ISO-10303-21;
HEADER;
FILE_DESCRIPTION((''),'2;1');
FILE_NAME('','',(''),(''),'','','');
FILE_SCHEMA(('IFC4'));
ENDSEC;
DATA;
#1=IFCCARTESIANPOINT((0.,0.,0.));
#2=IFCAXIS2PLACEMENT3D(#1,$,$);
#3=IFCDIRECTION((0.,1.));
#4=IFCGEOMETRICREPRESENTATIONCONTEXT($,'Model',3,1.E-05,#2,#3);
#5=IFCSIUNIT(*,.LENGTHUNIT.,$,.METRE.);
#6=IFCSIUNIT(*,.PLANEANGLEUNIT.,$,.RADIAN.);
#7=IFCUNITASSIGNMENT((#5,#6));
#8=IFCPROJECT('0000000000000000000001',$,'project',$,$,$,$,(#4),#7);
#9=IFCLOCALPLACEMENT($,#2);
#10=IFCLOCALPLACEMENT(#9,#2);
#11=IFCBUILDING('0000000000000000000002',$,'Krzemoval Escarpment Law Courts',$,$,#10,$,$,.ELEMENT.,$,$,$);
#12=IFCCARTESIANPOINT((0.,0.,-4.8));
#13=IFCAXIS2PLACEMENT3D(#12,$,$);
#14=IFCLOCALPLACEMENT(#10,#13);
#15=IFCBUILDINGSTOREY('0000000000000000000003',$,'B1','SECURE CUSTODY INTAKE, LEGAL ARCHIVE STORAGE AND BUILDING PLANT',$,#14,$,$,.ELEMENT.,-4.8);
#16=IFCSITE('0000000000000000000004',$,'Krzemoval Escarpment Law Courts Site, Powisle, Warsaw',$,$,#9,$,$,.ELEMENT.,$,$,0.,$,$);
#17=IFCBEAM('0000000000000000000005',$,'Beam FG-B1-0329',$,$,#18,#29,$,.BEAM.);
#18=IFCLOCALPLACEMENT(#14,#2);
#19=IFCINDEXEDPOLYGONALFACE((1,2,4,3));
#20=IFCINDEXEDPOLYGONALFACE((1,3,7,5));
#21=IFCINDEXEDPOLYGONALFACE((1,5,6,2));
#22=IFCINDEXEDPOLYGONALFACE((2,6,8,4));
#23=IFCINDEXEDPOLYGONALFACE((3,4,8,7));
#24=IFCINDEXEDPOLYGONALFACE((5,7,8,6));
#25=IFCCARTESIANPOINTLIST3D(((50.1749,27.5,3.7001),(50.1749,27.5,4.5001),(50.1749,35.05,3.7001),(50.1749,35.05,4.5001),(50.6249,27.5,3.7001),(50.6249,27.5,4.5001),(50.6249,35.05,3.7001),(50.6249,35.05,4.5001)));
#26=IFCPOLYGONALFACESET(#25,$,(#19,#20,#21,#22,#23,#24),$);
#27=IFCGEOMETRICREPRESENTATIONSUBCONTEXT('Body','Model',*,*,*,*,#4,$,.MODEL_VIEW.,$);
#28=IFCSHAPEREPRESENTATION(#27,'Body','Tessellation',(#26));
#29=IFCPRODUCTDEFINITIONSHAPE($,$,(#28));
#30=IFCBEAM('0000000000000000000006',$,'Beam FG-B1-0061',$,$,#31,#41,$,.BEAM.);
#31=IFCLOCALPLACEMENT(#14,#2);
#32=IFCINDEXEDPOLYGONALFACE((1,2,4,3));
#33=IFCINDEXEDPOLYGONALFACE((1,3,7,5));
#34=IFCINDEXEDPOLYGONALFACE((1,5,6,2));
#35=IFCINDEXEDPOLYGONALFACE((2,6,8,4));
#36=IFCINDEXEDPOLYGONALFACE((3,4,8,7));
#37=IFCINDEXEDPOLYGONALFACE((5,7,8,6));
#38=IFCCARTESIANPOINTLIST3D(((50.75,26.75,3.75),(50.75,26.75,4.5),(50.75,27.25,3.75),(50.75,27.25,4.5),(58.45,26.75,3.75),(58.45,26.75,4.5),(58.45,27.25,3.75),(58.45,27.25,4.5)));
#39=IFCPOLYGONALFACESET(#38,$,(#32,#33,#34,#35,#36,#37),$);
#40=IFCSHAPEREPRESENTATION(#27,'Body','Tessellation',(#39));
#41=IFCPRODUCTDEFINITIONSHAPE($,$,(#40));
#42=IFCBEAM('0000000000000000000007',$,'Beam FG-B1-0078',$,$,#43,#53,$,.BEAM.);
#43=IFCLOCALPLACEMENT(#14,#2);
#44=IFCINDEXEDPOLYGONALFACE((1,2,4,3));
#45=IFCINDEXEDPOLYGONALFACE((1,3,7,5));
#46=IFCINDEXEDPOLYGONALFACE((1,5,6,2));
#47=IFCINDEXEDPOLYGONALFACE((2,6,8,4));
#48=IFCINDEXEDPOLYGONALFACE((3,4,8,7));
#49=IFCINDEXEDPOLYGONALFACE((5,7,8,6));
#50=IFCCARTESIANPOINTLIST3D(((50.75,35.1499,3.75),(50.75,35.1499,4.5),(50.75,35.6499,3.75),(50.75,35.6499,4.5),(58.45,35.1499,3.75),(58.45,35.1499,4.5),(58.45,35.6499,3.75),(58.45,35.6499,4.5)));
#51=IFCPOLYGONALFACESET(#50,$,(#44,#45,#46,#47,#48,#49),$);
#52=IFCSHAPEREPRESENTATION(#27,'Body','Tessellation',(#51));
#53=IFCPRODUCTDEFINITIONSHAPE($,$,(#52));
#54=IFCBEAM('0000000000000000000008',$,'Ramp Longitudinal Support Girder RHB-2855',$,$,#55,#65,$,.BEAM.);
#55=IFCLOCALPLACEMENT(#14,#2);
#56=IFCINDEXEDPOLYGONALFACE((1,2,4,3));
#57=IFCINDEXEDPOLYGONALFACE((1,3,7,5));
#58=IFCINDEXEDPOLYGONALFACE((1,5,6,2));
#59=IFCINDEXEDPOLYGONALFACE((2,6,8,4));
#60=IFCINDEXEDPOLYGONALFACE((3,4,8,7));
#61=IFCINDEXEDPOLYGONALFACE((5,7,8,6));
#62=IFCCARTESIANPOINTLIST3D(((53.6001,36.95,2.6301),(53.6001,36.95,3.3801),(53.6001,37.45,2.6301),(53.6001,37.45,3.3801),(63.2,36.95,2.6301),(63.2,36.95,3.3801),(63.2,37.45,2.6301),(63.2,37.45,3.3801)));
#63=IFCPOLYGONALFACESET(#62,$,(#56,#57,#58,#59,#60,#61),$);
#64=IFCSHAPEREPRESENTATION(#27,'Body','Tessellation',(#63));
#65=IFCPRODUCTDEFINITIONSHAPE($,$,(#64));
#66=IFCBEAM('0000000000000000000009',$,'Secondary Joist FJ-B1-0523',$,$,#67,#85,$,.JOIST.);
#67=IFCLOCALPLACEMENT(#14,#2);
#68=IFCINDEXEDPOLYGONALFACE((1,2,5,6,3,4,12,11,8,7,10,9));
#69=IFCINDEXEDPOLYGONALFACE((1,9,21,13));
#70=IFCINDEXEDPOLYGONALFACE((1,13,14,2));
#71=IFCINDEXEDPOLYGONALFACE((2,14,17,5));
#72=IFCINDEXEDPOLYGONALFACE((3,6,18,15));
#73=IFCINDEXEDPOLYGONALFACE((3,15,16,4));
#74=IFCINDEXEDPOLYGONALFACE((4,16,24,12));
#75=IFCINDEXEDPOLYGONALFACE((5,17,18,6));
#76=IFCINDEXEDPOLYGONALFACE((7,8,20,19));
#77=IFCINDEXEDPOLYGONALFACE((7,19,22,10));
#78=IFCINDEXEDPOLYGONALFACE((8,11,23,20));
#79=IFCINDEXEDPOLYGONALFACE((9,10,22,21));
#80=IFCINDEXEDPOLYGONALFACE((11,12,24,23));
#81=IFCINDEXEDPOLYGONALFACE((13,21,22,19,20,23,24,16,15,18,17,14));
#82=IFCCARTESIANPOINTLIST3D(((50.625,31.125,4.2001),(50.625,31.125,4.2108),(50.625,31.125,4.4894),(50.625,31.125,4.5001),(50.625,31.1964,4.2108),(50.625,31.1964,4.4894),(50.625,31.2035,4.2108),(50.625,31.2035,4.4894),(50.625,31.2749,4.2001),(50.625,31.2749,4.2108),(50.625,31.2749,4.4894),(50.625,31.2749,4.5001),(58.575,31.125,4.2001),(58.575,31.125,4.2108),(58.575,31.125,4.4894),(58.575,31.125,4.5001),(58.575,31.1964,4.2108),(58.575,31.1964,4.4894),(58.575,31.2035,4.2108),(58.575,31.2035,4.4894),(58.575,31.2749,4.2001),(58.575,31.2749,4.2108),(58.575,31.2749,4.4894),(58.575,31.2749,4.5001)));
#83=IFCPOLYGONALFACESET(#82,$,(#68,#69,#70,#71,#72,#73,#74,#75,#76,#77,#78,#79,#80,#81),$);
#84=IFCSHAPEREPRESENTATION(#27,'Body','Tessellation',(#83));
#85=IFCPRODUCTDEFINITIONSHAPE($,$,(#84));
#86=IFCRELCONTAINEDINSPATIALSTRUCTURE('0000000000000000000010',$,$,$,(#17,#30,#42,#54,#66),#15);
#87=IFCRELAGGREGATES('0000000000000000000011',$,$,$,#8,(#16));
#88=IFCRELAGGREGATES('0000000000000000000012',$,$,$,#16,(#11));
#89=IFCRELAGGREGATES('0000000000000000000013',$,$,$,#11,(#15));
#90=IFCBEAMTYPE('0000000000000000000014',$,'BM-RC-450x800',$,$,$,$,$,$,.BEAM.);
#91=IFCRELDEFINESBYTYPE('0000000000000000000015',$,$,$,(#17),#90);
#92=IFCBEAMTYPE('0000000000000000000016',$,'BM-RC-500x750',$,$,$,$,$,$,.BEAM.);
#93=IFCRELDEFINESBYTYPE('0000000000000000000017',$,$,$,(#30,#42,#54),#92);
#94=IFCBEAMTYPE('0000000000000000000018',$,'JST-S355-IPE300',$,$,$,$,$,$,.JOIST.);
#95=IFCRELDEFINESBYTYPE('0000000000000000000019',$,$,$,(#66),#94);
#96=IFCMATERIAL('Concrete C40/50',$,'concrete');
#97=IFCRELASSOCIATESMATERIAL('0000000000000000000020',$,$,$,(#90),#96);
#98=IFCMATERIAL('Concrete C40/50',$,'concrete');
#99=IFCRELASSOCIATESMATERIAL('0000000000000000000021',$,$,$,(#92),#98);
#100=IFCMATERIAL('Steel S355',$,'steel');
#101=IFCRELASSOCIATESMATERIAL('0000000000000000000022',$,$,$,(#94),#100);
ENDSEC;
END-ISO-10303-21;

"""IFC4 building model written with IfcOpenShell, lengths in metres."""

from ifc_helpers import new_model, si_unit, direction, frame, origin, origin_2d, place, context, subcontext, project, spatial, rectangle, i_section, extrude, material, material_profile, profile_set, type_object, element, save


model = new_model("IFC4")

# Units and contexts
model_context = context("Model", 3, precision=1e-05, world=origin(), true_north=direction((0.0, 1.0)))
body_context = subcontext(model_context, "Body", "Model", "MODEL_VIEW")
ifc_project = project(units=[si_unit("LENGTHUNIT", "METRE"), si_unit("PLANEANGLEUNIT", "RADIAN")], contexts=[model_context])

# Site, building, storey
site_placement = place(None, origin())
site = spatial("IfcSite", under=ifc_project, at=site_placement, Name="Krzemoval Escarpment Law Courts Site, Powisle, Warsaw", CompositionType="ELEMENT", RefElevation=0.0)
building_placement = place(site_placement, origin())
building = spatial("IfcBuilding", under=site, at=building_placement, Name="Krzemoval Escarpment Law Courts", CompositionType="ELEMENT")
storey_placement = place(building_placement, frame((0.0, 0.0, -4.8)))
storey = spatial("IfcBuildingStorey", under=building, at=storey_placement, Name="B1", Description="SECURE CUSTODY INTAKE, LEGAL ARCHIVE STORAGE AND BUILDING PLANT", CompositionType="ELEMENT", Elevation=-4.8)

# Beams
ifc_material_1 = material(Name="Concrete C40/50", Category="concrete")
ifc_material_profile_1 = material_profile(ifc_material_1, rectangle(XDim=0.45, YDim=0.8, at=origin_2d()), Name="RCB 450x800")
ifc_profile_set_1 = profile_set([ifc_material_profile_1], Name="Concrete C40/50")
beam_type_1 = type_object("IfcBeamType", Name="BM-RC-450x800", PredefinedType="BEAM", material=ifc_profile_set_1)
beam_1_placement = place(storey_placement, frame((50.3999, 27.5, 4.1001), z_axis=(0.0, 1.0, 0.0), x_axis=(-1.0, 0.0, 0.0)))
element("IfcBeam", 1, at=beam_1_placement, inside=storey, type_object=beam_type_1, Name="Beam FG-B1-0329", PredefinedType="BEAM", context=body_context, shape_type="SweptSolid", body=[
    extrude(rectangle(XDim=0.45, YDim=0.8, at=origin_2d()), origin(), (0.0, 0.0, 1.0), 7.55),
])
ifc_material_2 = material(Name="Concrete C40/50", Category="concrete")
ifc_material_profile_2 = material_profile(ifc_material_2, rectangle(XDim=0.5, YDim=0.75, at=origin_2d()), Name="RCB 500x750")
ifc_profile_set_2 = profile_set([ifc_material_profile_2], Name="Concrete C40/50")
beam_type_2 = type_object("IfcBeamType", Name="BM-RC-500x750", PredefinedType="BEAM", material=ifc_profile_set_2)
for number, where, z_axis, x_axis, name in (
    (2, (50.75, 27.0, 4.125), (1.0, 0.0, 0.0), (0.0, 1.0, 0.0), "Beam FG-B1-0061"),
    (3, (50.75, 35.3999, 4.125), (1.0, 0.0, 0.0), (0.0, 1.0, 0.0), "Beam FG-B1-0078"),
):
    element("IfcBeam", number, at=place(storey_placement, frame(where, z_axis=z_axis, x_axis=x_axis)), inside=storey, type_object=beam_type_2, Name=name, PredefinedType="BEAM", context=body_context, shape_type="SweptSolid", body=[
        extrude(rectangle(XDim=0.5, YDim=0.75, at=origin_2d()), origin(), (0.0, 0.0, 1.0), 7.7),
    ])
beam_2_placement = place(storey_placement, frame((53.6001, 37.2, 3.0051), z_axis=(1.0, 0.0, 0.0), x_axis=(0.0, 1.0, 0.0)))
element("IfcBeam", 4, at=beam_2_placement, inside=storey, type_object=beam_type_2, Name="Ramp Longitudinal Support Girder RHB-2855", PredefinedType="BEAM", context=body_context, shape_type="SweptSolid", body=[
    extrude(rectangle(XDim=0.5, YDim=0.75, at=origin_2d()), origin(), (0.0, 0.0, 1.0), 9.5999),
])
ifc_material_3 = material(Name="Steel S355", Category="steel")
ifc_material_profile_3 = material_profile(ifc_material_3, i_section(OverallWidth=0.1499, OverallDepth=0.3, WebThickness=0.0071, FlangeThickness=0.0107, at=origin_2d()), Name="IPE 300")
ifc_profile_set_3 = profile_set([ifc_material_profile_3], Name="Steel S355")
beam_type_3 = type_object("IfcBeamType", Name="JST-S355-IPE300", PredefinedType="JOIST", material=ifc_profile_set_3)
beam_3_placement = place(storey_placement, frame((50.625, 31.2, 4.3501), z_axis=(1.0, 0.0, 0.0), x_axis=(0.0, 1.0, 0.0)))
element("IfcBeam", 5, at=beam_3_placement, inside=storey, type_object=beam_type_3, Name="Secondary Joist FJ-B1-0523", PredefinedType="JOIST", context=body_context, shape_type="SweptSolid", body=[
    extrude(i_section(OverallWidth=0.1499, OverallDepth=0.3, WebThickness=0.0071, FlangeThickness=0.0107, at=origin_2d()), origin(), (0.0, 0.0, 1.0), 7.95),
])

save(model, "model.ifc")
